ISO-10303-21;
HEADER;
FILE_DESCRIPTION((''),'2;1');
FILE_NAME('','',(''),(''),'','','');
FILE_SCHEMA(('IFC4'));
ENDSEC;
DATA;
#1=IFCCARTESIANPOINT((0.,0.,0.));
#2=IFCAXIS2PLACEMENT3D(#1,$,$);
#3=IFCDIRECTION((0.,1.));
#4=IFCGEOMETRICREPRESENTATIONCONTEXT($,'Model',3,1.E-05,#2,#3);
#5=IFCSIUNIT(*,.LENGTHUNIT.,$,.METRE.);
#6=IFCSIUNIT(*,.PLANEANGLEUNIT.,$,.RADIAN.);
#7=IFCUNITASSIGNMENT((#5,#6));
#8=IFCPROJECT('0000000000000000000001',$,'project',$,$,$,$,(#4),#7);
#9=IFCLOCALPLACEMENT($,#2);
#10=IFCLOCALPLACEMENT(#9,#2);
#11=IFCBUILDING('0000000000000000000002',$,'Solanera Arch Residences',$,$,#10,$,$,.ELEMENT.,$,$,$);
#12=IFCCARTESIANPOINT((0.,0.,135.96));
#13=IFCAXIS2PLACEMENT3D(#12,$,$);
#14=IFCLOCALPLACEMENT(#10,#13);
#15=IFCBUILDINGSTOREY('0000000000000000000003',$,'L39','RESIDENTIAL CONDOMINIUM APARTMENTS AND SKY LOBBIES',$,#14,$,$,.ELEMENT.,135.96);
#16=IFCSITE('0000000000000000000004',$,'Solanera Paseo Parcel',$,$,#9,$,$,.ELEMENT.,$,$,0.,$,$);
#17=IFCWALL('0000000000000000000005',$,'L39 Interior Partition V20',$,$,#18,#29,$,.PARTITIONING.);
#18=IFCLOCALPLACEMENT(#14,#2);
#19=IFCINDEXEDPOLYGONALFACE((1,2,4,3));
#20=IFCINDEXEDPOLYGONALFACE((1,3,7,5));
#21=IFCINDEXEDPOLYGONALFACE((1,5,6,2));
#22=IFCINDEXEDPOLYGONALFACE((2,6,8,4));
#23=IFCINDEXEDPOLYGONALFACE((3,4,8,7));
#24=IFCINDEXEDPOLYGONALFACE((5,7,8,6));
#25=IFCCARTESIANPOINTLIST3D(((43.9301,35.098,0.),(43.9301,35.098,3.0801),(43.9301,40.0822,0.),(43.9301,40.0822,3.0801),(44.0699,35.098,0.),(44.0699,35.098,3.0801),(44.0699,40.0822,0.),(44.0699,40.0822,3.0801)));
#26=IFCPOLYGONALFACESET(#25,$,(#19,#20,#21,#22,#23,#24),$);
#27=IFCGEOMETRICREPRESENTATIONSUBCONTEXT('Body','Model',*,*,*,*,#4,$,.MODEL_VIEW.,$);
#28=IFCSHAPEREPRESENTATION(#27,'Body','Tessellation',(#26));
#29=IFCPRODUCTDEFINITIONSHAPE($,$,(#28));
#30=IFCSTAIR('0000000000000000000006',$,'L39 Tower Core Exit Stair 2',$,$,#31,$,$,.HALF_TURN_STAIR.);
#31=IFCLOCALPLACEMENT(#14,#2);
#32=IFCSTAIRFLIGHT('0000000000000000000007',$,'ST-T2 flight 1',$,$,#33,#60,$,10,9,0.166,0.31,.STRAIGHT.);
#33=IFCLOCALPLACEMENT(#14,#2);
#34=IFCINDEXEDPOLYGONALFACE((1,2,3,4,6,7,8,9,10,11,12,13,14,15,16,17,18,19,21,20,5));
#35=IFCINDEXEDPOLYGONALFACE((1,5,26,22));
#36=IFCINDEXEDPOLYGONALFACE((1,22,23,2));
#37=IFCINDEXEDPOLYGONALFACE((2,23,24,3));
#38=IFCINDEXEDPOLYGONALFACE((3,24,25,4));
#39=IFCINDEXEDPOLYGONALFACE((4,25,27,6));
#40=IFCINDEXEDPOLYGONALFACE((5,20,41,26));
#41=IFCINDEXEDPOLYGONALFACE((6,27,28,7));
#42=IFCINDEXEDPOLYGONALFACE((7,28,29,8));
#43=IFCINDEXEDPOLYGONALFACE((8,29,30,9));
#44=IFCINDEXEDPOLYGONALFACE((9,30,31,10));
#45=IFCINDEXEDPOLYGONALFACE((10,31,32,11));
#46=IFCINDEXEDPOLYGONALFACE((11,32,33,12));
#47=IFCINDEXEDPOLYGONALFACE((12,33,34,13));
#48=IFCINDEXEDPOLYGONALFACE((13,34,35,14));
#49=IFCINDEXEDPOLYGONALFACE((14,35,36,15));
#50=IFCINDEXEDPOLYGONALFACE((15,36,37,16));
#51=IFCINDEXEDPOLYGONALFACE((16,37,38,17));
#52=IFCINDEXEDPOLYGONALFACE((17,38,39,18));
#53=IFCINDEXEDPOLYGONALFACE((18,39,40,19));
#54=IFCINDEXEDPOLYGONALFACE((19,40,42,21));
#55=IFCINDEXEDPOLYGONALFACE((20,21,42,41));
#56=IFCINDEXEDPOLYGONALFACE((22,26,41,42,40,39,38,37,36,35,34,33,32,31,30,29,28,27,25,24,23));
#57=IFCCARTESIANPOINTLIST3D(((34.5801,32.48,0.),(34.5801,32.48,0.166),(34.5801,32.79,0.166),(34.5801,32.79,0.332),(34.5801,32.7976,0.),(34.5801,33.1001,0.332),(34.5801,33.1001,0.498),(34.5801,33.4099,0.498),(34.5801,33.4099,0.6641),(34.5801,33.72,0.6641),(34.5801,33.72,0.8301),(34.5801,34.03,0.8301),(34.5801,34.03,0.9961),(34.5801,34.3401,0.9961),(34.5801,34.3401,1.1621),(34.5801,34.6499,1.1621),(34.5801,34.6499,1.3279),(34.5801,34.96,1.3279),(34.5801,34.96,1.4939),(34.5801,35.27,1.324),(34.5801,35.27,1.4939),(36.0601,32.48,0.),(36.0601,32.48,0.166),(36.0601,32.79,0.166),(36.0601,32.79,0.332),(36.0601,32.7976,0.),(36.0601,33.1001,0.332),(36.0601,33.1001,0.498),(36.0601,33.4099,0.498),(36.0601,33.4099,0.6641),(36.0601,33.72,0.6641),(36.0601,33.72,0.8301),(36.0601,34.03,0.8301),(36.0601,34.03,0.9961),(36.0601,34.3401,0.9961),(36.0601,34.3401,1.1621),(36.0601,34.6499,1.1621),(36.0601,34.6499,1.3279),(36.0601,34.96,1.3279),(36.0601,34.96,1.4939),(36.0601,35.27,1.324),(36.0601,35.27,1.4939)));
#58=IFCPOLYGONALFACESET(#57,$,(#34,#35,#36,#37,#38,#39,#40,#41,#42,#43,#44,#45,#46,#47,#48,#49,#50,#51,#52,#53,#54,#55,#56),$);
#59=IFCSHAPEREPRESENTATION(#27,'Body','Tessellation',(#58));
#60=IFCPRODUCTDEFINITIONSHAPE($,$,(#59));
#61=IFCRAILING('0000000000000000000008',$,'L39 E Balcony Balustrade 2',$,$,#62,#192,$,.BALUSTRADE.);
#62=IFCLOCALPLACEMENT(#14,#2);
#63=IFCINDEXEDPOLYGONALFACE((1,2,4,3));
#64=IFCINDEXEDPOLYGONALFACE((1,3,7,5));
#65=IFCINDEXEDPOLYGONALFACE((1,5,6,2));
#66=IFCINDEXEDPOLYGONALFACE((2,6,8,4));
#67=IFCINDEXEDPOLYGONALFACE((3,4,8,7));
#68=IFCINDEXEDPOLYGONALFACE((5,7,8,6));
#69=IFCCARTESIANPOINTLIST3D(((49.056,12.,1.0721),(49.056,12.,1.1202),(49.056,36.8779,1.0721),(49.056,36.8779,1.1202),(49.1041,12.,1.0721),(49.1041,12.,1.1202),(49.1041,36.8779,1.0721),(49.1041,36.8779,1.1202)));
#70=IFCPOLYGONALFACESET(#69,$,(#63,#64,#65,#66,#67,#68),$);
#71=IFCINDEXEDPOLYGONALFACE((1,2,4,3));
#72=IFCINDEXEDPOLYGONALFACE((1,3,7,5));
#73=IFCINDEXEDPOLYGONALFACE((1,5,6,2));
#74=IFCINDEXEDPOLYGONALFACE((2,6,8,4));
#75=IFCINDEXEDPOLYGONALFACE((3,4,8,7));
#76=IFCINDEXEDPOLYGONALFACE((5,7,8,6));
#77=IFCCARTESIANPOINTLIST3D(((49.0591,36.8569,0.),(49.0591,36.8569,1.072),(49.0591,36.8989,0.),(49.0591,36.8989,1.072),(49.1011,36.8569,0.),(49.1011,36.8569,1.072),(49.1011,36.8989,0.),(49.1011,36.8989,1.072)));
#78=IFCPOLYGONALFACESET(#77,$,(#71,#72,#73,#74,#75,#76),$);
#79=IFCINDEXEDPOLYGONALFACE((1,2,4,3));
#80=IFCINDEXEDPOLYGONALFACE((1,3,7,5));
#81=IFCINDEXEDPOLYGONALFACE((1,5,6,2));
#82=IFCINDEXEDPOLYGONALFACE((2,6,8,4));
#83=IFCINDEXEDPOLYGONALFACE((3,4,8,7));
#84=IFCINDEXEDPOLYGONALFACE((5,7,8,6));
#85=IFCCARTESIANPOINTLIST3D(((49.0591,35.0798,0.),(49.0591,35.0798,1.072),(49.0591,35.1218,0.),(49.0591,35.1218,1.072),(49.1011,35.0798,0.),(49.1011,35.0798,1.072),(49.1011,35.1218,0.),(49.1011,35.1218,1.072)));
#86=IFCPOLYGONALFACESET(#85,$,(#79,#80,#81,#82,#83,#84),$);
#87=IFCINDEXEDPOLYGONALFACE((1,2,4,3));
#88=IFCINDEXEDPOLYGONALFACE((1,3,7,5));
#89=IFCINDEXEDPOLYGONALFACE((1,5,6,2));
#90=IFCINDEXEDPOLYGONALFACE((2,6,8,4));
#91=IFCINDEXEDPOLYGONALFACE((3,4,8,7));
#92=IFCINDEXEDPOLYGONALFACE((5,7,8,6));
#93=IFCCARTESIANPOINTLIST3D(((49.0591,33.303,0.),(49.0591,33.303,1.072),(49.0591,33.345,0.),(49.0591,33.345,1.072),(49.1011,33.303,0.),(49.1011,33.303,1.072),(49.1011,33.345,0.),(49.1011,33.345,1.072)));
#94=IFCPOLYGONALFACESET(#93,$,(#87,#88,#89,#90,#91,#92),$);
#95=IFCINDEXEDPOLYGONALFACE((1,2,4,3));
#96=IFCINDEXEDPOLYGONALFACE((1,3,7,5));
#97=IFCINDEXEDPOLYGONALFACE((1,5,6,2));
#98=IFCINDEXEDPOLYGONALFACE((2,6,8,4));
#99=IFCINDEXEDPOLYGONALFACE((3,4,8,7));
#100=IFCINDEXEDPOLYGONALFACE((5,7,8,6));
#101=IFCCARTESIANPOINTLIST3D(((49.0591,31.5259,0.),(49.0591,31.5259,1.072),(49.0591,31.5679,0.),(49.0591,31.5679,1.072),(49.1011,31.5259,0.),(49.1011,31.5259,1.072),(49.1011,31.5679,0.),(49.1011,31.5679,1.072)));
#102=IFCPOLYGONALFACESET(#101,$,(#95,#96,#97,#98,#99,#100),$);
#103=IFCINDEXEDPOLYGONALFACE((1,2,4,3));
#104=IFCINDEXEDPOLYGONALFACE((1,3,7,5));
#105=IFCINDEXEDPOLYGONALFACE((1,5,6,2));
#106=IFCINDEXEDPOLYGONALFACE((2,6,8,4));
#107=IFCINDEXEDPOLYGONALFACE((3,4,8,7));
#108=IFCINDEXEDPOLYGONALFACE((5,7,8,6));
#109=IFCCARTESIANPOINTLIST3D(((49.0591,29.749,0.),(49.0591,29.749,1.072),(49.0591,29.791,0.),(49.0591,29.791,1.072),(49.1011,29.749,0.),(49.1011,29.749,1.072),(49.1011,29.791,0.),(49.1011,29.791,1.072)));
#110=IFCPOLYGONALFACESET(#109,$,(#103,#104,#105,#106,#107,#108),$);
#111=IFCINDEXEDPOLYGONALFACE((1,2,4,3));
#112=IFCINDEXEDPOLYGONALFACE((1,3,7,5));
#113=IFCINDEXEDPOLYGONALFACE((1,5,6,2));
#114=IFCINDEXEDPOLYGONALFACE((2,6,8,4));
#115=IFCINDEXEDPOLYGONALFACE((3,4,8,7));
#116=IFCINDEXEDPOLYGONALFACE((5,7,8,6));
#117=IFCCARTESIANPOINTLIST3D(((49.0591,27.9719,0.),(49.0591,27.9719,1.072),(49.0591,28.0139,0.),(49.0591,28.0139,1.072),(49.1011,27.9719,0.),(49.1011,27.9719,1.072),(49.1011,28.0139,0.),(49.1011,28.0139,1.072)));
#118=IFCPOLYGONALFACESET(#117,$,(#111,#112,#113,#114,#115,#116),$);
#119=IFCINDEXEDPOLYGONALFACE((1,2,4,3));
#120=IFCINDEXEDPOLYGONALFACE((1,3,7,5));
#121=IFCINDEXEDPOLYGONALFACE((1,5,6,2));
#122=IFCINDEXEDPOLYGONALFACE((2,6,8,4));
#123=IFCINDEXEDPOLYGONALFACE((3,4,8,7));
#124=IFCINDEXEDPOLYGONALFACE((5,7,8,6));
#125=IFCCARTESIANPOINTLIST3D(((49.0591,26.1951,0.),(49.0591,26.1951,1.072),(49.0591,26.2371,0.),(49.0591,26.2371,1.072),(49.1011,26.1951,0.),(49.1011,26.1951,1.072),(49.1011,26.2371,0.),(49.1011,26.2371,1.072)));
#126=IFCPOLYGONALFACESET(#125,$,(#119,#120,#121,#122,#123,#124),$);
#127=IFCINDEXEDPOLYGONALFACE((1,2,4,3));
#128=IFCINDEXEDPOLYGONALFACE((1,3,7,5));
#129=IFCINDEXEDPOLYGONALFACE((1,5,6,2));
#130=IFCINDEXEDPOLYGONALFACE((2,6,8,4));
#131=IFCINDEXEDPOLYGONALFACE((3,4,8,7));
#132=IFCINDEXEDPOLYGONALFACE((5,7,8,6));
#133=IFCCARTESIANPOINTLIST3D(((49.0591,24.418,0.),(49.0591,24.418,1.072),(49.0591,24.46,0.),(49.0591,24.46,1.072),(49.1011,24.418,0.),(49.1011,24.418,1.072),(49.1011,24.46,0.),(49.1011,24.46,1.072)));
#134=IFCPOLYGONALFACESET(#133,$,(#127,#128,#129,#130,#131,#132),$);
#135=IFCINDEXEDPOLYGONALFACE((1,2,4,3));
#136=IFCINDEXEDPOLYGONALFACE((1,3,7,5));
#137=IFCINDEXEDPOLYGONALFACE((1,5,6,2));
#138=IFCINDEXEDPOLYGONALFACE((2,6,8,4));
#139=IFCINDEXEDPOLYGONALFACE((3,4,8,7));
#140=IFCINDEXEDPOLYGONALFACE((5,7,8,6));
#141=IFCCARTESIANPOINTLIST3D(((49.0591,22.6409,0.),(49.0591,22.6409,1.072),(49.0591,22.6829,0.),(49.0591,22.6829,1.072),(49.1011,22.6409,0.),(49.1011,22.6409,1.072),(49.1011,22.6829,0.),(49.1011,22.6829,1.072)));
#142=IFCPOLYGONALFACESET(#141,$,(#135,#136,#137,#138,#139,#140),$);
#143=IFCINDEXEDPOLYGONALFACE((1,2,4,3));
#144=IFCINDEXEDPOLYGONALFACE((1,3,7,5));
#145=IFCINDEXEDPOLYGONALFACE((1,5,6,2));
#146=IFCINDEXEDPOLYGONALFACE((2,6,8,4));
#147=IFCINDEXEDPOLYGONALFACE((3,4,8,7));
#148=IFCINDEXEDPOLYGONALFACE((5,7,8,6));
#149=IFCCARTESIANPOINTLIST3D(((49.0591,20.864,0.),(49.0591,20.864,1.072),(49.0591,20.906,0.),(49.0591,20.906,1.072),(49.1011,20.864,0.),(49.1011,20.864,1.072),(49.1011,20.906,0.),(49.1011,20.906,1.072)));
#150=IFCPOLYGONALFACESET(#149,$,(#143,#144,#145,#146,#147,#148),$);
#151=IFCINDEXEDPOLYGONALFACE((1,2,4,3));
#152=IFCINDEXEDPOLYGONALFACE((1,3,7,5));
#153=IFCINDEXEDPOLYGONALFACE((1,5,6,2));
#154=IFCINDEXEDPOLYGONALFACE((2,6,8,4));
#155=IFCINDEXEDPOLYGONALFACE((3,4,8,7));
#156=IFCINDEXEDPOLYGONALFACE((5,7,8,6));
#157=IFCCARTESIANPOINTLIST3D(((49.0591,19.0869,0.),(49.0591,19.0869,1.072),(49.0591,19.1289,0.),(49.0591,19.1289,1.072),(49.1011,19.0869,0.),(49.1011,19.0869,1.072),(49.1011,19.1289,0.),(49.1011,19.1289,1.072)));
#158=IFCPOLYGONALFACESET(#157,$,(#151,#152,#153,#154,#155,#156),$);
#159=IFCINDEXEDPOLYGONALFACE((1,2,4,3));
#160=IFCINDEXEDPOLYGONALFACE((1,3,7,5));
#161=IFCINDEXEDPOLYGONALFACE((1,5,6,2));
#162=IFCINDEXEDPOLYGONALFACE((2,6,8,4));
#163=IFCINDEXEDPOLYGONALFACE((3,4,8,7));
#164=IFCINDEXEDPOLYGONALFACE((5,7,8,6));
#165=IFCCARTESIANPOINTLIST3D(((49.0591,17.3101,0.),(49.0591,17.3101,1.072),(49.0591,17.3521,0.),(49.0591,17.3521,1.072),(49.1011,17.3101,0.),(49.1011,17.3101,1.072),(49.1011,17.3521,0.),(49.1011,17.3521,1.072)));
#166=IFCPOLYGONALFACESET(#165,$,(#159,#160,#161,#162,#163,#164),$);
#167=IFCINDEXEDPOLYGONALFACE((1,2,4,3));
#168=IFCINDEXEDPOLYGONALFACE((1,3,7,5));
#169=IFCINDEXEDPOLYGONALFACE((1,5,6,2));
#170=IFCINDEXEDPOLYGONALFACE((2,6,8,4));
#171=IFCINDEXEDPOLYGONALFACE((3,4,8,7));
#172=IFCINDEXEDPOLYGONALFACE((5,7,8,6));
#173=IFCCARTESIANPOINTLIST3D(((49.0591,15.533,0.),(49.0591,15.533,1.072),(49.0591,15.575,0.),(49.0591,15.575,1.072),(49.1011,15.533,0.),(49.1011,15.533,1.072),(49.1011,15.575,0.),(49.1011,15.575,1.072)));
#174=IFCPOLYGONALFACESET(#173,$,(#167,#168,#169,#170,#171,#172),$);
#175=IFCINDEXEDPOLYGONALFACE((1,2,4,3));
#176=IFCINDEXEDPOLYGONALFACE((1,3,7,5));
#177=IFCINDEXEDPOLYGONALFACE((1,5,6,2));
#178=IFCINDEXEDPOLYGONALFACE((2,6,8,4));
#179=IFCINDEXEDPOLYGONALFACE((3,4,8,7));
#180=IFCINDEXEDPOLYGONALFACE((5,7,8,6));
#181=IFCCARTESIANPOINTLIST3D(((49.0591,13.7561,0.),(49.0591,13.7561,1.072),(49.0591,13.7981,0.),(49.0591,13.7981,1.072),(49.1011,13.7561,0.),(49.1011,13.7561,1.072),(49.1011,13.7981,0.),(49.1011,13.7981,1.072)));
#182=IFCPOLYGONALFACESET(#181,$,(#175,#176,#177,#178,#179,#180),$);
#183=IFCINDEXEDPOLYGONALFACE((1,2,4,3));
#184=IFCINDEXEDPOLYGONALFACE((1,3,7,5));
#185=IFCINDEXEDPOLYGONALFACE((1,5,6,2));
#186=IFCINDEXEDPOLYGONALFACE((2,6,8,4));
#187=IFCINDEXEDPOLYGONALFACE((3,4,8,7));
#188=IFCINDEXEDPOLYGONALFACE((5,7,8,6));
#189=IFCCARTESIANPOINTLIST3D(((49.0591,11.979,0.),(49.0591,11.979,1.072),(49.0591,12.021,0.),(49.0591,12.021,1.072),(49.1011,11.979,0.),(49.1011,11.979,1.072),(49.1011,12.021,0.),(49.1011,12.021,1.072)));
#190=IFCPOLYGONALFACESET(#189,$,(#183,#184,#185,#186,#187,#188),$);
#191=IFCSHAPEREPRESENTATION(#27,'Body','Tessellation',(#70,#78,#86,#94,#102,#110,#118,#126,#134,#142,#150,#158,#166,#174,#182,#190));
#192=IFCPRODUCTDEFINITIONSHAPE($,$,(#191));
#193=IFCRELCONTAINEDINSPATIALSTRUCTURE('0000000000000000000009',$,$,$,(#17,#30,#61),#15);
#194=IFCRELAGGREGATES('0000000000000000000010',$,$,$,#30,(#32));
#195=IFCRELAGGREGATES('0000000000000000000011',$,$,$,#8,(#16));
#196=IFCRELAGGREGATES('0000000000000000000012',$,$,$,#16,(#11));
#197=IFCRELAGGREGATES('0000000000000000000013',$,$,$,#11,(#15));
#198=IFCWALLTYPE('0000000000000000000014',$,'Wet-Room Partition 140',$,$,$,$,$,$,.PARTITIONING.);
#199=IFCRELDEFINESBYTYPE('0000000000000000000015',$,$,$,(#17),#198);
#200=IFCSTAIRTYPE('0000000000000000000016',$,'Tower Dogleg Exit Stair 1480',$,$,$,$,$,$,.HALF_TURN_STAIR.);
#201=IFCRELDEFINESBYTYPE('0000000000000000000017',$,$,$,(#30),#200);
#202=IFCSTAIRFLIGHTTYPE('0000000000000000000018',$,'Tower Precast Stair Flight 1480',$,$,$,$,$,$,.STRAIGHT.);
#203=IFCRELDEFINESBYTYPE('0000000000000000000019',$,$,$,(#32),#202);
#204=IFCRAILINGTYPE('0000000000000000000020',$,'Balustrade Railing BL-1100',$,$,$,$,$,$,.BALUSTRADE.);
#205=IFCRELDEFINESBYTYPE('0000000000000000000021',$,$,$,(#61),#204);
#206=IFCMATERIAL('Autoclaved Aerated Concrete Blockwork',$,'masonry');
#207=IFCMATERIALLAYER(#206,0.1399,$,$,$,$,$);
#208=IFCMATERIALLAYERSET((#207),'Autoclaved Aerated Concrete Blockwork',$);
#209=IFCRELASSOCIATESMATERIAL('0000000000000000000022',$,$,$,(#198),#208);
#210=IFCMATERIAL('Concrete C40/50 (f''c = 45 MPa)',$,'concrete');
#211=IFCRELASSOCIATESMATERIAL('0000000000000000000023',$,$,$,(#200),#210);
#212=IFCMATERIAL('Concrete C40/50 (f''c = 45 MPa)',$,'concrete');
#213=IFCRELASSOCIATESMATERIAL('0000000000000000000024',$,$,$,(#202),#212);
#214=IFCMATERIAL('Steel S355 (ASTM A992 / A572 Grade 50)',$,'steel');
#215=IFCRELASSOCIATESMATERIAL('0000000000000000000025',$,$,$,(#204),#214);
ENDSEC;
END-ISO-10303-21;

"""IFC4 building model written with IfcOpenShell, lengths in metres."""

from ifc_helpers import new_model, si_unit, direction, frame, frame_2d, origin, origin_2d, place, context, subcontext, project, spatial, polyline, rectangle, outline, extrude, material, layer, layer_set, type_object, element, aggregate, save


model = new_model("IFC4")

# Units and contexts
model_context = context("Model", 3, precision=1e-05, world=origin(), true_north=direction((0.0, 1.0)))
body_context = subcontext(model_context, "Body", "Model", "MODEL_VIEW")
ifc_project = project(units=[si_unit("LENGTHUNIT", "METRE"), si_unit("PLANEANGLEUNIT", "RADIAN")], contexts=[model_context])

# Site, building, storey
site_placement = place(None, origin())
site = spatial("IfcSite", under=ifc_project, at=site_placement, Name="Solanera Paseo Parcel", CompositionType="ELEMENT", RefElevation=0.0)
building_placement = place(site_placement, origin())
building = spatial("IfcBuilding", under=site, at=building_placement, Name="Solanera Arch Residences", CompositionType="ELEMENT")
storey_placement = place(building_placement, frame((0.0, 0.0, 135.96)))
storey = spatial("IfcBuildingStorey", under=building, at=storey_placement, Name="L39", Description="RESIDENTIAL CONDOMINIUM APARTMENTS AND SKY LOBBIES", CompositionType="ELEMENT", Elevation=135.96)

# Shared definitions
ifc_material_1 = material(Name="Autoclaved Aerated Concrete Blockwork", Category="masonry")
ifc_layer_1 = layer(ifc_material_1, 0.1399)
ifc_layer_set_1 = layer_set([ifc_layer_1], Name="Autoclaved Aerated Concrete Blockwork")
wall_type_1 = type_object("IfcWallType", Name="Wet-Room Partition 140", PredefinedType="PARTITIONING", material=ifc_layer_set_1)

# Wall
wall_1_placement = place(storey_placement, frame((44.0, 35.0979, 0.0), z_axis=(0.0, 0.0, 1.0), x_axis=(0.0, 1.0, 0.0)))
element("IfcWall", 1, at=wall_1_placement, inside=storey, type_object=wall_type_1, Name="L39 Interior Partition V20", PredefinedType="PARTITIONING", context=body_context, shape_type="SweptSolid", body=[
    extrude(rectangle(XDim=4.9841, YDim=0.1399, at=frame_2d((2.4922, 0.0))), origin(), (0.0, 0.0, 1.0), 3.0801),
])

# Stair, stair flight
ifc_material_2 = material(Name="Concrete C40/50 (f'c = 45 MPa)", Category="concrete")
stair_type = type_object("IfcStairType", Name="Tower Dogleg Exit Stair 1480", PredefinedType="HALF_TURN_STAIR", material=ifc_material_2)
stair_placement = place(storey_placement, origin())
stair = element("IfcStair", 2, at=stair_placement, inside=storey, type_object=stair_type, Name="L39 Tower Core Exit Stair 2", PredefinedType="HALF_TURN_STAIR")
ifc_material_3 = material(Name="Concrete C40/50 (f'c = 45 MPa)", Category="concrete")
stair_flight_type = type_object("IfcStairFlightType", Name="Tower Precast Stair Flight 1480", PredefinedType="STRAIGHT", material=ifc_material_3)
stair_flight_placement = place(storey_placement, frame((35.3201, 32.48, 0.0), z_axis=(0.0, 0.0, 1.0), x_axis=(0.0, 1.0, 0.0)))
stair_flight = element("IfcStairFlight", 3, at=stair_flight_placement, type_object=stair_flight_type, Name="ST-T2 flight 1", NumberOfRisers=10, NumberOfTreads=9, PredefinedType="STRAIGHT", RiserHeight=0.166, TreadLength=0.31, context=body_context, shape_type="SweptSolid", body=[
    extrude(outline(polyline([(0.0, 0.0), (0.0, 0.166), (0.3101, 0.166), (0.3101, 0.332), (0.6201, 0.332), (0.6201, 0.498), (0.9299, 0.498), (0.9299, 0.6641), (1.24, 0.6641), (1.24, 0.8301), (1.55, 0.8301), (1.55, 0.9961), (1.8601, 0.9961), (1.8601, 1.1621), (2.1699, 1.1621), (2.1699, 1.3279), (2.48, 1.3279), (2.48, 1.4939), (2.79, 1.4939), (2.79, 1.6599), (2.79, 1.324), (0.3176, 0.0), (0.0, 0.0)])), frame((0.0, 0.74, 0.0), z_axis=(0.0, -1.0, 0.0), x_axis=(1.0, 0.0, 0.0)), (0.0, 0.0, 1.0), 1.48),
])
aggregate(stair, [stair_flight])

# Railing
ifc_material_4 = material(Name="Steel S355 (ASTM A992 / A572 Grade 50)", Category="steel")
railing_type_1 = type_object("IfcRailingType", Name="Balustrade Railing BL-1100", PredefinedType="BALUSTRADE", material=ifc_material_4)
railing_1_placement = place(storey_placement, frame((49.0801, 36.8779, 0.0)))
element("IfcRailing", 4, at=railing_1_placement, inside=storey, type_object=railing_type_1, Name="L39 E Balcony Balustrade 2", PredefinedType="BALUSTRADE", context=body_context, shape_type="SweptSolid", body=[
    extrude(rectangle(XDim=0.0481, YDim=0.0481, at=origin_2d()), frame((0.0, 0.0, 1.0962), z_axis=(0.0, -1.0, 0.0), x_axis=(1.0, 0.0, 0.0)), (0.0, 0.0, 1.0), 24.8779),
    extrude(rectangle(XDim=0.042, YDim=0.042, at=origin_2d()), origin(), (0.0, 0.0, 1.0), 1.072),
    extrude(rectangle(XDim=0.042, YDim=0.042, at=origin_2d()), frame((0.0, -1.7771, 0.0)), (0.0, 0.0, 1.0), 1.072),
    extrude(rectangle(XDim=0.042, YDim=0.042, at=origin_2d()), frame((0.0, -3.554, 0.0)), (0.0, 0.0, 1.0), 1.072),
    extrude(rectangle(XDim=0.042, YDim=0.042, at=origin_2d()), frame((0.0, -5.3311, 0.0)), (0.0, 0.0, 1.0), 1.072),
    extrude(rectangle(XDim=0.042, YDim=0.042, at=origin_2d()), frame((0.0, -7.1079, 0.0)), (0.0, 0.0, 1.0), 1.072),
    extrude(rectangle(XDim=0.042, YDim=0.042, at=origin_2d()), frame((0.0, -8.885, 0.0)), (0.0, 0.0, 1.0), 1.072),
    extrude(rectangle(XDim=0.042, YDim=0.042, at=origin_2d()), frame((0.0, -10.6619, 0.0)), (0.0, 0.0, 1.0), 1.072),
    extrude(rectangle(XDim=0.042, YDim=0.042, at=origin_2d()), frame((0.0, -12.439, 0.0)), (0.0, 0.0, 1.0), 1.072),
    extrude(rectangle(XDim=0.042, YDim=0.042, at=origin_2d()), frame((0.0, -14.2161, 0.0)), (0.0, 0.0, 1.0), 1.072),
    extrude(rectangle(XDim=0.042, YDim=0.042, at=origin_2d()), frame((0.0, -15.9929, 0.0)), (0.0, 0.0, 1.0), 1.072),
    extrude(rectangle(XDim=0.042, YDim=0.042, at=origin_2d()), frame((0.0, -17.77, 0.0)), (0.0, 0.0, 1.0), 1.072),
    extrude(rectangle(XDim=0.042, YDim=0.042, at=origin_2d()), frame((0.0, -19.5469, 0.0)), (0.0, 0.0, 1.0), 1.072),
    extrude(rectangle(XDim=0.042, YDim=0.042, at=origin_2d()), frame((0.0, -21.324, 0.0)), (0.0, 0.0, 1.0), 1.072),
    extrude(rectangle(XDim=0.042, YDim=0.042, at=origin_2d()), frame((0.0, -23.1008, 0.0)), (0.0, 0.0, 1.0), 1.072),
    extrude(rectangle(XDim=0.042, YDim=0.042, at=origin_2d()), frame((0.0, -24.8779, 0.0)), (0.0, 0.0, 1.0), 1.072),
])

save(model, "model.ifc")
